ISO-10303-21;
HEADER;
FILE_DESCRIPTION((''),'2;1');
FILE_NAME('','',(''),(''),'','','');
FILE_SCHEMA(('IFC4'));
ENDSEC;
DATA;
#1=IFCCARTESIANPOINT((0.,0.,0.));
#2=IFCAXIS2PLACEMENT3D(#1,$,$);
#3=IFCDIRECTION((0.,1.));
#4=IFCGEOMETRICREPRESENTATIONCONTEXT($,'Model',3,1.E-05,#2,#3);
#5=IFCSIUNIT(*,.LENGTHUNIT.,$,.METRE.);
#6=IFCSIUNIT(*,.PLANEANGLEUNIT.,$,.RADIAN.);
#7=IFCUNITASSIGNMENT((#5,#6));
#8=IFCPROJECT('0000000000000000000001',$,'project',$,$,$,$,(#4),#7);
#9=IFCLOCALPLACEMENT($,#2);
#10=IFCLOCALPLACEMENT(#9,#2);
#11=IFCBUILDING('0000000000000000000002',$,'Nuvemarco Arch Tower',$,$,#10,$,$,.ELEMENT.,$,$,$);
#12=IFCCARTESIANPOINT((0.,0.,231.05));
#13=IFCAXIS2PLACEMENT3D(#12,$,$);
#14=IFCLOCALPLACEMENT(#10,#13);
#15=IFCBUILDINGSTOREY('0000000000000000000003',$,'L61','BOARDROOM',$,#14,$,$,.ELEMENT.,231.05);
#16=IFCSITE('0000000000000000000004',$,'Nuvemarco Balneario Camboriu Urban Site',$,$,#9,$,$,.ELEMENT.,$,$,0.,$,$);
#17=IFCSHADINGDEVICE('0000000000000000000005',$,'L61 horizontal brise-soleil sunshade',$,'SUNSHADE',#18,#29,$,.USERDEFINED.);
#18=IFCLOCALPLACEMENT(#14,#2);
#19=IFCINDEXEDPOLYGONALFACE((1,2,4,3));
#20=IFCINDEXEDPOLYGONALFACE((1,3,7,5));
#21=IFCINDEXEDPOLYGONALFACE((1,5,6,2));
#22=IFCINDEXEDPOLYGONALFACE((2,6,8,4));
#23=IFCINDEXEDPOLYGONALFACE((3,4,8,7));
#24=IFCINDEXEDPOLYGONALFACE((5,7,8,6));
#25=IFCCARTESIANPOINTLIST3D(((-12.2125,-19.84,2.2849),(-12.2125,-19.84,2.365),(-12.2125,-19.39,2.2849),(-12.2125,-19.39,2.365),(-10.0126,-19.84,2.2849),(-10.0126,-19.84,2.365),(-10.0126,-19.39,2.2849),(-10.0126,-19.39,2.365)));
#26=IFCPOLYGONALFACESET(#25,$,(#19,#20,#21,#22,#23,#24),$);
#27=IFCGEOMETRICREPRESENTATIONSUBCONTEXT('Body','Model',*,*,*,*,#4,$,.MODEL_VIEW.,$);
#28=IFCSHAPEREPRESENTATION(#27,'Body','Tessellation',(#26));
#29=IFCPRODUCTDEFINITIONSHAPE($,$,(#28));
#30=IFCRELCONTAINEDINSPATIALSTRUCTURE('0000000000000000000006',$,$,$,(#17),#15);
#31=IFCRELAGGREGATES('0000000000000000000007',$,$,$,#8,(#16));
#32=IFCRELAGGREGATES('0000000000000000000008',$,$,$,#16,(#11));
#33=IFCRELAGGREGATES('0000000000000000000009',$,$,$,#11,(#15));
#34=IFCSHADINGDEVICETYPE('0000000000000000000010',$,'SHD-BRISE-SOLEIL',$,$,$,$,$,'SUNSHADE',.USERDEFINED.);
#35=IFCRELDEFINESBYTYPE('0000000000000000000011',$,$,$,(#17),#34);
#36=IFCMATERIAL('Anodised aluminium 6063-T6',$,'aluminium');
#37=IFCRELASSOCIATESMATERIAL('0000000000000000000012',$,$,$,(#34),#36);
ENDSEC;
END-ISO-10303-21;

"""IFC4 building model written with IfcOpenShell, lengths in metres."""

from ifc_helpers import new_model, si_unit, direction, frame, origin, origin_2d, place, context, subcontext, project, spatial, rectangle, extrude, source, transform, mapped, material, type_object, type_shapes, element, save


model = new_model("IFC4")

# Units and contexts
model_context = context("Model", 3, precision=1e-05, world=origin(), true_north=direction((0.0, 1.0)))
body_context = subcontext(model_context, "Body", "Model", "MODEL_VIEW")
ifc_project = project(units=[si_unit("LENGTHUNIT", "METRE"), si_unit("PLANEANGLEUNIT", "RADIAN")], contexts=[model_context])

# Site, building, storey
site_placement = place(None, origin())
site = spatial("IfcSite", under=ifc_project, at=site_placement, Name="Nuvemarco Balneario Camboriu Urban Site", CompositionType="ELEMENT", RefElevation=0.0)
building_placement = place(site_placement, origin())
building = spatial("IfcBuilding", under=site, at=building_placement, Name="Nuvemarco Arch Tower", CompositionType="ELEMENT")
storey_placement = place(building_placement, frame((0.0, 0.0, 231.05)))
storey = spatial("IfcBuildingStorey", under=building, at=storey_placement, Name="L61", Description="BOARDROOM", CompositionType="ELEMENT", Elevation=231.05)

# Shading device
ifc_material_1 = material(Name="Anodised aluminium 6063-T6", Category="aluminium")
shading_device_type = type_object("IfcShadingDeviceType", Name="SHD-BRISE-SOLEIL", ElementType="SUNSHADE", PredefinedType="USERDEFINED", material=ifc_material_1)
shared_shape_1 = source(origin(), body_context, "Body", "SweptSolid", [
    extrude(rectangle(XDim=2.2, YDim=0.45, at=origin_2d()), origin(), (0.0, 0.0, 1.0), 0.0801),
])
type_shapes(shading_device_type, [shared_shape_1])
for number, where, z_axis, x_axis, name in (
    (1, (-11.1125, -19.615, 2.2849), (0.0, 0.0, 1.0), (1.0, 0.0, 0.0), "L61 horizontal brise-soleil sunshade"),
):
    element("IfcShadingDevice", number, at=place(storey_placement, frame(where, z_axis=z_axis, x_axis=x_axis)), inside=storey, type_object=shading_device_type, Name=name, ObjectType="SUNSHADE", PredefinedType="USERDEFINED", context=body_context, shape_type="MappedRepresentation", body=[
        mapped(shared_shape_1, transform((0.0, 0.0, 0.0), scale=1.0)),
    ])

save(model, "model.ifc")
